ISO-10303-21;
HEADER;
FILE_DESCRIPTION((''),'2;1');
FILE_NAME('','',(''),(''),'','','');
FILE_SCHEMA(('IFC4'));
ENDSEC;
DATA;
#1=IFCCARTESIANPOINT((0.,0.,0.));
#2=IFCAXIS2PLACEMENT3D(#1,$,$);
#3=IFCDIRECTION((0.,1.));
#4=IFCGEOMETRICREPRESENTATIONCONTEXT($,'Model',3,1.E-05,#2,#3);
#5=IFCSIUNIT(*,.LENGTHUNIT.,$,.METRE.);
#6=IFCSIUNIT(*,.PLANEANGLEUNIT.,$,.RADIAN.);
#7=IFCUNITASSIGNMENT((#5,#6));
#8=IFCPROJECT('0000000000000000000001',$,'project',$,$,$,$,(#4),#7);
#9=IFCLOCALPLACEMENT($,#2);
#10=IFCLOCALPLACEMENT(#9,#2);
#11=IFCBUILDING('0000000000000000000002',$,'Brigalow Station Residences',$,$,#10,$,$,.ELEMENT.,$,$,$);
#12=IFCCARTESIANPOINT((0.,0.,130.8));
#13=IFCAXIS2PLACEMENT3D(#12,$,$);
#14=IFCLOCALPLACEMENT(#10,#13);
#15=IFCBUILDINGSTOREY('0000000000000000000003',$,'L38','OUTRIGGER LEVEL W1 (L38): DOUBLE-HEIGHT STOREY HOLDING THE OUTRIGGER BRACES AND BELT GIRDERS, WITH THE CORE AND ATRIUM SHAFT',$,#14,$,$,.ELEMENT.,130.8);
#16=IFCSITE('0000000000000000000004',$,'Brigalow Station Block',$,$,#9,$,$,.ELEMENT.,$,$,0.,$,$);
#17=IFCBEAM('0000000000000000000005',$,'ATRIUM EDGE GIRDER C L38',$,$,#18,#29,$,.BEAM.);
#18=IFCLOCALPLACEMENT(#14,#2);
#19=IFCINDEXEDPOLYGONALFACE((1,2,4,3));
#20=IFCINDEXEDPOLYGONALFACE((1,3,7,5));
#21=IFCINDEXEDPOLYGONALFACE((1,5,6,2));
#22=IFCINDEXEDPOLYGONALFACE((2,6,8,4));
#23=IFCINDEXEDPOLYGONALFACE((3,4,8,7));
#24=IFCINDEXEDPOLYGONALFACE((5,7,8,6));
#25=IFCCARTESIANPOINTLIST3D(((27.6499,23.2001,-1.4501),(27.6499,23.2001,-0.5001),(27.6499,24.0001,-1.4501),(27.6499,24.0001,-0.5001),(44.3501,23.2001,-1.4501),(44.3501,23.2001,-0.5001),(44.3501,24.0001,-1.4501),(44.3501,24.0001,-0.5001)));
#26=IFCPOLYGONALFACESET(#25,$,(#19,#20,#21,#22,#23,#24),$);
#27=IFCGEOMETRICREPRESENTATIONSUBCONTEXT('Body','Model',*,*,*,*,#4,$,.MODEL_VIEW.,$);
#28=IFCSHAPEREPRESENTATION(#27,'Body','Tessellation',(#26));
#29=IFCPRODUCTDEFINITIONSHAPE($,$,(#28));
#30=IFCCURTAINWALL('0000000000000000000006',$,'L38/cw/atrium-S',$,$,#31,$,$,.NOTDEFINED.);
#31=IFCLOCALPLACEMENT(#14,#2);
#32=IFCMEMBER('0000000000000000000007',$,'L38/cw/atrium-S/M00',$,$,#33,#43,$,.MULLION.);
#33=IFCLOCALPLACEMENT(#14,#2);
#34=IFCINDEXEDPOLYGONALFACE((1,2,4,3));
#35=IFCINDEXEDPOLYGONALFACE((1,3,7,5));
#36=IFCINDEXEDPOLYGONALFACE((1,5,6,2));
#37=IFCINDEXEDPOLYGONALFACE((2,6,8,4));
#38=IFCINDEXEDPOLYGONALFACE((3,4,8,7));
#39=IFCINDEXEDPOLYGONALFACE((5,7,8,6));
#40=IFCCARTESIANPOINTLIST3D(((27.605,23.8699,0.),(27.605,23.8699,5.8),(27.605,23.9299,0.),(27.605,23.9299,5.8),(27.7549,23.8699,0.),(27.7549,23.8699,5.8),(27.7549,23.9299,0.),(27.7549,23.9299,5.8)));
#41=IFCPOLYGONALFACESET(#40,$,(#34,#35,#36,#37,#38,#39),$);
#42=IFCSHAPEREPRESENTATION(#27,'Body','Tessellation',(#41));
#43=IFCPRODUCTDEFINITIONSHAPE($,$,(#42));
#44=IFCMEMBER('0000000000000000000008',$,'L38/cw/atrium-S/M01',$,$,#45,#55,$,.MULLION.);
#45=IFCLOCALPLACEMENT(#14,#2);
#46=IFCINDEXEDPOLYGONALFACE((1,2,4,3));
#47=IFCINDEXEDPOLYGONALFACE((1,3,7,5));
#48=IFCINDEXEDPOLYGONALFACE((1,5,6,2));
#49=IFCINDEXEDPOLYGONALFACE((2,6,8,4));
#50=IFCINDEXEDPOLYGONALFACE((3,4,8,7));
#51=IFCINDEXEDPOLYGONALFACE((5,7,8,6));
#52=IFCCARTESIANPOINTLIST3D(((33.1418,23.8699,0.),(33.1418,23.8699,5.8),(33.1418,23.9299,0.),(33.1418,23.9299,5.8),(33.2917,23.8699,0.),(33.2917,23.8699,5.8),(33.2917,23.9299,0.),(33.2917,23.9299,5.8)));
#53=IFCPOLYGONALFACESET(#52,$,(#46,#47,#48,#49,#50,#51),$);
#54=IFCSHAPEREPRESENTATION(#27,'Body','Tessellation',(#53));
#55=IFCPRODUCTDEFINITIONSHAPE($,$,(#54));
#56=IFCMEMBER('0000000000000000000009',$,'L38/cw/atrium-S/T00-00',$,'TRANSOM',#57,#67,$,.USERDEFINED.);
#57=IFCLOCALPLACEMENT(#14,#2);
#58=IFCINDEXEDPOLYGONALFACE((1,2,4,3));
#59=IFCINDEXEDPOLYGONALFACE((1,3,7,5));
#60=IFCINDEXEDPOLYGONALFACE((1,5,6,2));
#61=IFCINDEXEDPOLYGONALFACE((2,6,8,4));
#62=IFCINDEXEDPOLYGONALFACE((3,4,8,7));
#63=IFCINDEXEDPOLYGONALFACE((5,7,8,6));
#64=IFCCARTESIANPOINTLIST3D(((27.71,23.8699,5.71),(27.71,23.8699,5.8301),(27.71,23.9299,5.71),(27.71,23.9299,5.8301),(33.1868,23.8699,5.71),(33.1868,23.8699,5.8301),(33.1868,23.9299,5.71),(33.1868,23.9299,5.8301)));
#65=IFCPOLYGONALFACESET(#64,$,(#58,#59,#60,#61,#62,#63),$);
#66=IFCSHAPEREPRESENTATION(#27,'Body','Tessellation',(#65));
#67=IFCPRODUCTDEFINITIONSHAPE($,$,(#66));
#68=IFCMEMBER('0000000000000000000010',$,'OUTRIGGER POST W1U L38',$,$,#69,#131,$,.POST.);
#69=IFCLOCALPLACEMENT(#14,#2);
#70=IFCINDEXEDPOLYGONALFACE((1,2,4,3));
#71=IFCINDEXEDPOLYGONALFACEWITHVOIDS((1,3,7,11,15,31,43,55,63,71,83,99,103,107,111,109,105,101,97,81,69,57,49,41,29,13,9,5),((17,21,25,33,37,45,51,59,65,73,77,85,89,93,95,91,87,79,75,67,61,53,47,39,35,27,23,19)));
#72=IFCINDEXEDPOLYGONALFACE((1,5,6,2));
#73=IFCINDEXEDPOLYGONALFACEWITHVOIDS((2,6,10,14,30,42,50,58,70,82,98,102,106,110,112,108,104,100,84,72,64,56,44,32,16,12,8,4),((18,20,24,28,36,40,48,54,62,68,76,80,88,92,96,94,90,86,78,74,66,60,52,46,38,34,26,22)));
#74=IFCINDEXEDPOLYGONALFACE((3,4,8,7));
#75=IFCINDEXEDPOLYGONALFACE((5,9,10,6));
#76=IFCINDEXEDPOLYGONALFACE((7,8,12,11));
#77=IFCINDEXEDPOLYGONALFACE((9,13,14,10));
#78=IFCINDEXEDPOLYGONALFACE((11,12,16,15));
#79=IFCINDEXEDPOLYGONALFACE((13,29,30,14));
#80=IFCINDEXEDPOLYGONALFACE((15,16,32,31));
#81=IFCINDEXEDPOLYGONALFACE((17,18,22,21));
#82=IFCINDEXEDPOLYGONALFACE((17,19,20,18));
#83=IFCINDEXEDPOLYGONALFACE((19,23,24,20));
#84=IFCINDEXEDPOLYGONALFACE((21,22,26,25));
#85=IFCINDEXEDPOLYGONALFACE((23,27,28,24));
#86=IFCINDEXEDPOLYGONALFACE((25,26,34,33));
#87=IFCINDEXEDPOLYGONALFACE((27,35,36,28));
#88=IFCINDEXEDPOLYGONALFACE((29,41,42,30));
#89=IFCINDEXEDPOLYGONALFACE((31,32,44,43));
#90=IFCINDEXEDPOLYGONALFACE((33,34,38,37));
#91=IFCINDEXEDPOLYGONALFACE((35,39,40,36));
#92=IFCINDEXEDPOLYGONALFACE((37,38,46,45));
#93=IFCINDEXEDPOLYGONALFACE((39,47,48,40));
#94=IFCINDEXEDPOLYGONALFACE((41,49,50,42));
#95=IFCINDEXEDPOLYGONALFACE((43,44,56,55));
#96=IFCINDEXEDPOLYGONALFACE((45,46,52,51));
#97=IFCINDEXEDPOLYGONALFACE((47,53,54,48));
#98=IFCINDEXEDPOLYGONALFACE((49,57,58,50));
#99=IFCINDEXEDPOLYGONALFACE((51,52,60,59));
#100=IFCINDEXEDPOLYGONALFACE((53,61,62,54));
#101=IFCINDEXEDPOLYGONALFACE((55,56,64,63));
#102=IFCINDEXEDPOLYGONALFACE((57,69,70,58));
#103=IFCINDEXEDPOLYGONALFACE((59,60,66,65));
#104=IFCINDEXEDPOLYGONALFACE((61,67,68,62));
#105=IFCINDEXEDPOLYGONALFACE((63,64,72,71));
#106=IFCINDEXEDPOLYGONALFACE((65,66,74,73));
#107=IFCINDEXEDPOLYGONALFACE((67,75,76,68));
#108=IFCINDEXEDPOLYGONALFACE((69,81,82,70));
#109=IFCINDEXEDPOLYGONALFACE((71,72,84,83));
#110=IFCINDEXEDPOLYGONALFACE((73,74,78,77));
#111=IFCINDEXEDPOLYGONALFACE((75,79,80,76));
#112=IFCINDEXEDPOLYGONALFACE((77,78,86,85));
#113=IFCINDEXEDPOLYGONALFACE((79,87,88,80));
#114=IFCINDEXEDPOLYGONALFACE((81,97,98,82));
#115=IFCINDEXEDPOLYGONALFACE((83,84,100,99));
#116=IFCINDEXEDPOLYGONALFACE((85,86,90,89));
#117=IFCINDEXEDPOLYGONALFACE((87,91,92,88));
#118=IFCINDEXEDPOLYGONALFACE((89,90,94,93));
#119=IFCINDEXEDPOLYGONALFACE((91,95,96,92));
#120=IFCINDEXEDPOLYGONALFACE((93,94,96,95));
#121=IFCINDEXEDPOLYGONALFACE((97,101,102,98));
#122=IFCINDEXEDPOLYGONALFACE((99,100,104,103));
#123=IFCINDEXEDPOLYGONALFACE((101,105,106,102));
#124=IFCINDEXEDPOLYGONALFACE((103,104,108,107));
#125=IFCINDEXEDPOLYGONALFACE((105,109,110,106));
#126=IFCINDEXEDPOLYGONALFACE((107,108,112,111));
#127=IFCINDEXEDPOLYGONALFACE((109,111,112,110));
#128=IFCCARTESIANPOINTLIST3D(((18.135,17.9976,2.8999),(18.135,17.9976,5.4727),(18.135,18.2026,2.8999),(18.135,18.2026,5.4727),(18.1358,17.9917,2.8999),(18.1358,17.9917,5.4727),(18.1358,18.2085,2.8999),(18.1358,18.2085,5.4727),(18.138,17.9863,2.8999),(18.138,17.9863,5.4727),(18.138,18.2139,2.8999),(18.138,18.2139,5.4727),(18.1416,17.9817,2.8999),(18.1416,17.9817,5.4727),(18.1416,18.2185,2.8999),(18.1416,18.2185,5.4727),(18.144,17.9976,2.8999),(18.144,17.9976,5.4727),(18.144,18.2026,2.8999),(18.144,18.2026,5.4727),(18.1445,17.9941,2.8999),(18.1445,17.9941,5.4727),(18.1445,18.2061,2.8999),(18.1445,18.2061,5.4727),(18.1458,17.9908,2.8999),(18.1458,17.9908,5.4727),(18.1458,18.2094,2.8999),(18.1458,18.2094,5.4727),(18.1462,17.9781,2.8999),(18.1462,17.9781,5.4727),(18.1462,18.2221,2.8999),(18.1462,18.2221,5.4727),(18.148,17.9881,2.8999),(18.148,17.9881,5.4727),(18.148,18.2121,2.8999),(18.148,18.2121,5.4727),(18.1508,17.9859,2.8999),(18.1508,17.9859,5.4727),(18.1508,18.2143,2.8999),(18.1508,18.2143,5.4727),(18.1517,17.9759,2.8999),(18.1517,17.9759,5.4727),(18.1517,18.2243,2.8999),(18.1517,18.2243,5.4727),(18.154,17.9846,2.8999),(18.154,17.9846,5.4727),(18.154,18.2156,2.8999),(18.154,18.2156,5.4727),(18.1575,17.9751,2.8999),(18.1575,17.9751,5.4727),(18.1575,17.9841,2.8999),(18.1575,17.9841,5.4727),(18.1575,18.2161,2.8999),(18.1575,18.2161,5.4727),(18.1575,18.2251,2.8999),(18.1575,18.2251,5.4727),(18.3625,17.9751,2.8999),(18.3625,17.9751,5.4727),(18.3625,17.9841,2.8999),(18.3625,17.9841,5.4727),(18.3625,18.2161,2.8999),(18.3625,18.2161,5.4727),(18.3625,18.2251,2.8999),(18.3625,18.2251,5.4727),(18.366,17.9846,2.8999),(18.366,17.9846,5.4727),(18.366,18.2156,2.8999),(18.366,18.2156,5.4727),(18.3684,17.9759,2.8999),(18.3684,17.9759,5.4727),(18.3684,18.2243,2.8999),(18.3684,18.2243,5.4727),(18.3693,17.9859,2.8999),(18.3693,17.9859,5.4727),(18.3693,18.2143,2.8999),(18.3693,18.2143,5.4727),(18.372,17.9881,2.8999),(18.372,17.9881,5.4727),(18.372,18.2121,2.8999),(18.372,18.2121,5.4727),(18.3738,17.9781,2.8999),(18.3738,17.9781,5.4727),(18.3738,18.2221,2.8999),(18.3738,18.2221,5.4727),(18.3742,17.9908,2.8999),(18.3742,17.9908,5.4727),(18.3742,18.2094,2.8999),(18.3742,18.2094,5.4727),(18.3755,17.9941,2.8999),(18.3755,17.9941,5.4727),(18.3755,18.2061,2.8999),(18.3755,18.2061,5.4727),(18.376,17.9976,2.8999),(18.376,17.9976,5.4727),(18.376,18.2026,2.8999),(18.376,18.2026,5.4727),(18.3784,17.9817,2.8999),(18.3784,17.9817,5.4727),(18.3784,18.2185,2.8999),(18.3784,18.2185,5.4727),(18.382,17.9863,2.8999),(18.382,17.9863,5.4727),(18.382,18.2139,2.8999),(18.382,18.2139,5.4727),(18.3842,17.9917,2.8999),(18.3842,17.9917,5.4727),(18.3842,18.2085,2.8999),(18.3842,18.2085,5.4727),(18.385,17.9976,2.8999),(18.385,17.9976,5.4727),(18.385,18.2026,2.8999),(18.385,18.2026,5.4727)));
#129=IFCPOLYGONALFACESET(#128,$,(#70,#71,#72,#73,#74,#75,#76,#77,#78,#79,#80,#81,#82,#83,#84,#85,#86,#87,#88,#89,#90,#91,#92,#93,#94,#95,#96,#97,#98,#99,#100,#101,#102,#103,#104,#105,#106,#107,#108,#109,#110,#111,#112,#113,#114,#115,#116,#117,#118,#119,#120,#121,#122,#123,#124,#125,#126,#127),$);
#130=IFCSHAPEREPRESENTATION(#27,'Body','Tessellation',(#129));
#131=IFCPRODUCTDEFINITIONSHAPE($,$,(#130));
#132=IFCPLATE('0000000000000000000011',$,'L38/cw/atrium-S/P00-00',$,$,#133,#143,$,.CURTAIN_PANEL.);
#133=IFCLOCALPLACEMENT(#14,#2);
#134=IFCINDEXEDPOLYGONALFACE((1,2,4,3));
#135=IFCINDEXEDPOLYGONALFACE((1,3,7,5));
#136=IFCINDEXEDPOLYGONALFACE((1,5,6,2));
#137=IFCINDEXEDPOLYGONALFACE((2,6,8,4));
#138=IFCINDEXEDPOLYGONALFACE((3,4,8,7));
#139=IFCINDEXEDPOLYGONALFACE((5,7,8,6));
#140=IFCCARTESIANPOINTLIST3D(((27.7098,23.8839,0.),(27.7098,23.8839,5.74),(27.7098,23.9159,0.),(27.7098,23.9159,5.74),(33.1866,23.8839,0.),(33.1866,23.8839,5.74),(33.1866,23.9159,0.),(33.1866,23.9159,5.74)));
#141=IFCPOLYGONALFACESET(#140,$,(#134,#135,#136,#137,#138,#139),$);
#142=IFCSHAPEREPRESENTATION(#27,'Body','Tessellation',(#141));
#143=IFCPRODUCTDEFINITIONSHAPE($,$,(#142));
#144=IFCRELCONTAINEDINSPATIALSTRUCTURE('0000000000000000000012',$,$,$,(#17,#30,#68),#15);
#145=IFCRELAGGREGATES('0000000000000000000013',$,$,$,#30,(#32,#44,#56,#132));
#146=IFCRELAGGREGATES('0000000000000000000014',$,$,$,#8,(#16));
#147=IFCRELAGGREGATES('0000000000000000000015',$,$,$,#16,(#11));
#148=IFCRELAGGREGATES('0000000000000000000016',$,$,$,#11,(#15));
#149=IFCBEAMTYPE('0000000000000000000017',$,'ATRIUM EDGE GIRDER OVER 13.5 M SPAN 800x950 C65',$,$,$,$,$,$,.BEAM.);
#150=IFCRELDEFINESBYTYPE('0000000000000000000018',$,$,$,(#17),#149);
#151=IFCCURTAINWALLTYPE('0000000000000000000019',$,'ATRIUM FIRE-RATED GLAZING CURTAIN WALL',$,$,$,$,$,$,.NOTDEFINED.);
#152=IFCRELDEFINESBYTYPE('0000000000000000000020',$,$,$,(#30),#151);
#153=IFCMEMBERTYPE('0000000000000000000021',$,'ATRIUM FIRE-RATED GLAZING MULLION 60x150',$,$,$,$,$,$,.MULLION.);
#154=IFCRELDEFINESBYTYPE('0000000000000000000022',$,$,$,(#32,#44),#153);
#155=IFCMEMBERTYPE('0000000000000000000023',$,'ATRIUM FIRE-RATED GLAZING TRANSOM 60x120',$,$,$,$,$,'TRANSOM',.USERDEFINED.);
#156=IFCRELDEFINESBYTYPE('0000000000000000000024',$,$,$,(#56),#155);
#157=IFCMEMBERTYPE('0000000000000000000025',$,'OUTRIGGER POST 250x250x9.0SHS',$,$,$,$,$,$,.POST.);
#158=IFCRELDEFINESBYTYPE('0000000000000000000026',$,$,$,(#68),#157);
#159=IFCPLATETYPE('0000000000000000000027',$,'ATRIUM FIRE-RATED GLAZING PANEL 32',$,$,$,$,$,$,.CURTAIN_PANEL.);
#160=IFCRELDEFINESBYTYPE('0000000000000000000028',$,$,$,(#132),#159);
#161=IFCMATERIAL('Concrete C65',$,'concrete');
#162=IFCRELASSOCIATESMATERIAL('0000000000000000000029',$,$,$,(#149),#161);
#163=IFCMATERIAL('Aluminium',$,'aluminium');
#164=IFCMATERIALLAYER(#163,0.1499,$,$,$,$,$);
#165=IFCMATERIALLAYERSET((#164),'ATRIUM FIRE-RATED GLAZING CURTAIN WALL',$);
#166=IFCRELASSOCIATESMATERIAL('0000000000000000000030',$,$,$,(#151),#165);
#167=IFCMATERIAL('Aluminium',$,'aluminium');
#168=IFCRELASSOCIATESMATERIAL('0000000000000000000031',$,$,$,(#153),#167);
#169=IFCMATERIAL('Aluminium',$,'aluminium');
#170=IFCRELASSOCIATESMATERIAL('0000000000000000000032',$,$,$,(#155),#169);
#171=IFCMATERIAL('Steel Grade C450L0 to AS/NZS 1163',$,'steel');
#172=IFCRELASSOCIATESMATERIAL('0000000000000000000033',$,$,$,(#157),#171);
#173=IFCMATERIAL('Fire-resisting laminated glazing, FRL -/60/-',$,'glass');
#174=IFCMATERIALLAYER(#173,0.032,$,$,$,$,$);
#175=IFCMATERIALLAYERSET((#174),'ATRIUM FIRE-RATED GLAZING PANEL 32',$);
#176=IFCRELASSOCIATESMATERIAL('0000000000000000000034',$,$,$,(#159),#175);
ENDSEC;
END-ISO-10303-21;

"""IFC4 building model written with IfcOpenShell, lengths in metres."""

from ifc_helpers import new_model, si_unit, direction, frame, origin, origin_2d, place, context, subcontext, project, spatial, rectangle, hollow_rectangle, extrude, material, layer, layer_set, material_profile, profile_set, type_object, element, aggregate, save


model = new_model("IFC4")

# Units and contexts
model_context = context("Model", 3, precision=1e-05, world=origin(), true_north=direction((0.0, 1.0)))
body_context = subcontext(model_context, "Body", "Model", "MODEL_VIEW")
ifc_project = project(units=[si_unit("LENGTHUNIT", "METRE"), si_unit("PLANEANGLEUNIT", "RADIAN")], contexts=[model_context])

# Site, building, storey
site_placement = place(None, origin())
site = spatial("IfcSite", under=ifc_project, at=site_placement, Name="Brigalow Station Block", CompositionType="ELEMENT", RefElevation=0.0)
building_placement = place(site_placement, origin())
building = spatial("IfcBuilding", under=site, at=building_placement, Name="Brigalow Station Residences", CompositionType="ELEMENT")
storey_placement = place(building_placement, frame((0.0, 0.0, 130.8)))
storey = spatial("IfcBuildingStorey", under=building, at=storey_placement, Name="L38", Description="OUTRIGGER LEVEL W1 (L38): DOUBLE-HEIGHT STOREY HOLDING THE OUTRIGGER BRACES AND BELT GIRDERS, WITH THE CORE AND ATRIUM SHAFT", CompositionType="ELEMENT", Elevation=130.8)

# Beam
ifc_material_1 = material(Name="Concrete C65", Category="concrete")
ifc_material_profile_1 = material_profile(ifc_material_1, rectangle(XDim=0.8, YDim=0.95, at=origin_2d()), Name="RC800x950")
ifc_profile_set_1 = profile_set([ifc_material_profile_1], Name="Concrete C65")
beam_type = type_object("IfcBeamType", Name="ATRIUM EDGE GIRDER OVER 13.5 M SPAN 800x950 C65", PredefinedType="BEAM", material=ifc_profile_set_1)
beam_placement = place(storey_placement, frame((27.6499, 23.6001, -0.9751), z_axis=(1.0, 0.0, 0.0), x_axis=(0.0, 1.0, 0.0)))
element("IfcBeam", 1, at=beam_placement, inside=storey, type_object=beam_type, Name="ATRIUM EDGE GIRDER C L38", PredefinedType="BEAM", context=body_context, shape_type="SweptSolid", body=[
    extrude(rectangle(XDim=0.8, YDim=0.95, at=origin_2d()), origin(), (0.0, 0.0, 1.0), 16.7002),
])

# Curtain wall, members
ifc_material_2 = material(Name="Aluminium", Category="aluminium")
ifc_layer_1 = layer(ifc_material_2, 0.1499)
ifc_layer_set_1 = layer_set([ifc_layer_1], Name="ATRIUM FIRE-RATED GLAZING CURTAIN WALL")
curtain_wall_type = type_object("IfcCurtainWallType", Name="ATRIUM FIRE-RATED GLAZING CURTAIN WALL", PredefinedType="NOTDEFINED", material=ifc_layer_set_1)
curtain_wall_placement = place(storey_placement, origin())
curtain_wall = element("IfcCurtainWall", 2, at=curtain_wall_placement, inside=storey, type_object=curtain_wall_type, Name="L38/cw/atrium-S", PredefinedType="NOTDEFINED")
ifc_material_3 = material(Name="Aluminium", Category="aluminium")
ifc_material_profile_2 = material_profile(ifc_material_3, rectangle(XDim=0.0601, YDim=0.1499, at=origin_2d()), Name="ATRIUM FIRE-RATED GLAZING MULLION 60x150")
ifc_profile_set_2 = profile_set([ifc_material_profile_2], Name="Aluminium")
member_type_1 = type_object("IfcMemberType", Name="ATRIUM FIRE-RATED GLAZING MULLION 60x150", PredefinedType="MULLION", material=ifc_profile_set_2)
member_1_placement = place(storey_placement, frame((27.6799, 23.8999, 0.0), z_axis=(0.0, 0.0, 1.0), x_axis=(0.0, 1.0, 0.0)))
member_1 = element("IfcMember", 3, at=member_1_placement, type_object=member_type_1, Name="L38/cw/atrium-S/M00", PredefinedType="MULLION", context=body_context, shape_type="SweptSolid", body=[
    extrude(rectangle(XDim=0.0601, YDim=0.1499, at=origin_2d()), origin(), (0.0, 0.0, 1.0), 5.8),
])
member_2_placement = place(storey_placement, frame((33.2168, 23.8999, 0.0), z_axis=(0.0, 0.0, 1.0), x_axis=(0.0, 1.0, 0.0)))
member_2 = element("IfcMember", 4, at=member_2_placement, type_object=member_type_1, Name="L38/cw/atrium-S/M01", PredefinedType="MULLION", context=body_context, shape_type="SweptSolid", body=[
    extrude(rectangle(XDim=0.0601, YDim=0.1499, at=origin_2d()), origin(), (0.0, 0.0, 1.0), 5.8),
])
ifc_material_4 = material(Name="Aluminium", Category="aluminium")
ifc_material_profile_3 = material_profile(ifc_material_4, rectangle(XDim=0.0601, YDim=0.1201, at=origin_2d()), Name="ATRIUM FIRE-RATED GLAZING TRANSOM 60x120")
ifc_profile_set_3 = profile_set([ifc_material_profile_3], Name="Aluminium")
member_type_2 = type_object("IfcMemberType", Name="ATRIUM FIRE-RATED GLAZING TRANSOM 60x120", ElementType="TRANSOM", PredefinedType="USERDEFINED", material=ifc_profile_set_3)
member_3_placement = place(storey_placement, frame((27.71, 23.8999, 5.77), z_axis=(1.0, 0.0, 0.0), x_axis=(0.0, 1.0, 0.0)))
member_3 = element("IfcMember", 5, at=member_3_placement, type_object=member_type_2, Name="L38/cw/atrium-S/T00-00", ObjectType="TRANSOM", PredefinedType="USERDEFINED", context=body_context, shape_type="SweptSolid", body=[
    extrude(rectangle(XDim=0.0601, YDim=0.1201, at=origin_2d()), origin(), (0.0, 0.0, 1.0), 5.4768),
])

# Member
ifc_material_5 = material(Name="Steel Grade C450L0 to AS/NZS 1163", Category="steel")
ifc_material_profile_4 = material_profile(ifc_material_5, hollow_rectangle(XDim=0.25, YDim=0.25, WallThickness=0.009, InnerFilletRadius=0.0134, OuterFilletRadius=0.0225, at=origin_2d()), Name="250x250x9.0SHS")
ifc_profile_set_4 = profile_set([ifc_material_profile_4], Name="Steel Grade C450L0 to AS/NZS 1163")
member_type_3 = type_object("IfcMemberType", Name="OUTRIGGER POST 250x250x9.0SHS", PredefinedType="POST", material=ifc_profile_set_4)
member_4_placement = place(storey_placement, frame((18.26, 18.1001, 2.8999), z_axis=(0.0, 0.0, 1.0), x_axis=(1.0, 0.0, 0.0)))
element("IfcMember", 6, at=member_4_placement, inside=storey, type_object=member_type_3, Name="OUTRIGGER POST W1U L38", PredefinedType="POST", context=body_context, shape_type="SweptSolid", body=[
    extrude(hollow_rectangle(XDim=0.25, YDim=0.25, WallThickness=0.009, InnerFilletRadius=0.0134, OuterFilletRadius=0.0225, at=origin_2d()), origin(), (0.0, 0.0, 1.0), 2.5728),
])

# Plate
ifc_material_6 = material(Name="Fire-resisting laminated glazing, FRL -/60/-", Category="glass")
ifc_layer_2 = layer(ifc_material_6, 0.032)
ifc_layer_set_2 = layer_set([ifc_layer_2], Name="ATRIUM FIRE-RATED GLAZING PANEL 32")
plate_type = type_object("IfcPlateType", Name="ATRIUM FIRE-RATED GLAZING PANEL 32", PredefinedType="CURTAIN_PANEL", material=ifc_layer_set_2)
plate_placement = place(storey_placement, frame((30.4482, 23.8999, 0.0), z_axis=(0.0, 0.0, 1.0), x_axis=(1.0, 0.0, 0.0)))
plate = element("IfcPlate", 7, at=plate_placement, type_object=plate_type, Name="L38/cw/atrium-S/P00-00", PredefinedType="CURTAIN_PANEL", context=body_context, shape_type="SweptSolid", body=[
    extrude(rectangle(XDim=5.4768, YDim=0.032, at=origin_2d()), origin(), (0.0, 0.0, 1.0), 5.74),
])
aggregate(curtain_wall, [member_1, member_2, member_3, plate])

save(model, "model.ifc")
